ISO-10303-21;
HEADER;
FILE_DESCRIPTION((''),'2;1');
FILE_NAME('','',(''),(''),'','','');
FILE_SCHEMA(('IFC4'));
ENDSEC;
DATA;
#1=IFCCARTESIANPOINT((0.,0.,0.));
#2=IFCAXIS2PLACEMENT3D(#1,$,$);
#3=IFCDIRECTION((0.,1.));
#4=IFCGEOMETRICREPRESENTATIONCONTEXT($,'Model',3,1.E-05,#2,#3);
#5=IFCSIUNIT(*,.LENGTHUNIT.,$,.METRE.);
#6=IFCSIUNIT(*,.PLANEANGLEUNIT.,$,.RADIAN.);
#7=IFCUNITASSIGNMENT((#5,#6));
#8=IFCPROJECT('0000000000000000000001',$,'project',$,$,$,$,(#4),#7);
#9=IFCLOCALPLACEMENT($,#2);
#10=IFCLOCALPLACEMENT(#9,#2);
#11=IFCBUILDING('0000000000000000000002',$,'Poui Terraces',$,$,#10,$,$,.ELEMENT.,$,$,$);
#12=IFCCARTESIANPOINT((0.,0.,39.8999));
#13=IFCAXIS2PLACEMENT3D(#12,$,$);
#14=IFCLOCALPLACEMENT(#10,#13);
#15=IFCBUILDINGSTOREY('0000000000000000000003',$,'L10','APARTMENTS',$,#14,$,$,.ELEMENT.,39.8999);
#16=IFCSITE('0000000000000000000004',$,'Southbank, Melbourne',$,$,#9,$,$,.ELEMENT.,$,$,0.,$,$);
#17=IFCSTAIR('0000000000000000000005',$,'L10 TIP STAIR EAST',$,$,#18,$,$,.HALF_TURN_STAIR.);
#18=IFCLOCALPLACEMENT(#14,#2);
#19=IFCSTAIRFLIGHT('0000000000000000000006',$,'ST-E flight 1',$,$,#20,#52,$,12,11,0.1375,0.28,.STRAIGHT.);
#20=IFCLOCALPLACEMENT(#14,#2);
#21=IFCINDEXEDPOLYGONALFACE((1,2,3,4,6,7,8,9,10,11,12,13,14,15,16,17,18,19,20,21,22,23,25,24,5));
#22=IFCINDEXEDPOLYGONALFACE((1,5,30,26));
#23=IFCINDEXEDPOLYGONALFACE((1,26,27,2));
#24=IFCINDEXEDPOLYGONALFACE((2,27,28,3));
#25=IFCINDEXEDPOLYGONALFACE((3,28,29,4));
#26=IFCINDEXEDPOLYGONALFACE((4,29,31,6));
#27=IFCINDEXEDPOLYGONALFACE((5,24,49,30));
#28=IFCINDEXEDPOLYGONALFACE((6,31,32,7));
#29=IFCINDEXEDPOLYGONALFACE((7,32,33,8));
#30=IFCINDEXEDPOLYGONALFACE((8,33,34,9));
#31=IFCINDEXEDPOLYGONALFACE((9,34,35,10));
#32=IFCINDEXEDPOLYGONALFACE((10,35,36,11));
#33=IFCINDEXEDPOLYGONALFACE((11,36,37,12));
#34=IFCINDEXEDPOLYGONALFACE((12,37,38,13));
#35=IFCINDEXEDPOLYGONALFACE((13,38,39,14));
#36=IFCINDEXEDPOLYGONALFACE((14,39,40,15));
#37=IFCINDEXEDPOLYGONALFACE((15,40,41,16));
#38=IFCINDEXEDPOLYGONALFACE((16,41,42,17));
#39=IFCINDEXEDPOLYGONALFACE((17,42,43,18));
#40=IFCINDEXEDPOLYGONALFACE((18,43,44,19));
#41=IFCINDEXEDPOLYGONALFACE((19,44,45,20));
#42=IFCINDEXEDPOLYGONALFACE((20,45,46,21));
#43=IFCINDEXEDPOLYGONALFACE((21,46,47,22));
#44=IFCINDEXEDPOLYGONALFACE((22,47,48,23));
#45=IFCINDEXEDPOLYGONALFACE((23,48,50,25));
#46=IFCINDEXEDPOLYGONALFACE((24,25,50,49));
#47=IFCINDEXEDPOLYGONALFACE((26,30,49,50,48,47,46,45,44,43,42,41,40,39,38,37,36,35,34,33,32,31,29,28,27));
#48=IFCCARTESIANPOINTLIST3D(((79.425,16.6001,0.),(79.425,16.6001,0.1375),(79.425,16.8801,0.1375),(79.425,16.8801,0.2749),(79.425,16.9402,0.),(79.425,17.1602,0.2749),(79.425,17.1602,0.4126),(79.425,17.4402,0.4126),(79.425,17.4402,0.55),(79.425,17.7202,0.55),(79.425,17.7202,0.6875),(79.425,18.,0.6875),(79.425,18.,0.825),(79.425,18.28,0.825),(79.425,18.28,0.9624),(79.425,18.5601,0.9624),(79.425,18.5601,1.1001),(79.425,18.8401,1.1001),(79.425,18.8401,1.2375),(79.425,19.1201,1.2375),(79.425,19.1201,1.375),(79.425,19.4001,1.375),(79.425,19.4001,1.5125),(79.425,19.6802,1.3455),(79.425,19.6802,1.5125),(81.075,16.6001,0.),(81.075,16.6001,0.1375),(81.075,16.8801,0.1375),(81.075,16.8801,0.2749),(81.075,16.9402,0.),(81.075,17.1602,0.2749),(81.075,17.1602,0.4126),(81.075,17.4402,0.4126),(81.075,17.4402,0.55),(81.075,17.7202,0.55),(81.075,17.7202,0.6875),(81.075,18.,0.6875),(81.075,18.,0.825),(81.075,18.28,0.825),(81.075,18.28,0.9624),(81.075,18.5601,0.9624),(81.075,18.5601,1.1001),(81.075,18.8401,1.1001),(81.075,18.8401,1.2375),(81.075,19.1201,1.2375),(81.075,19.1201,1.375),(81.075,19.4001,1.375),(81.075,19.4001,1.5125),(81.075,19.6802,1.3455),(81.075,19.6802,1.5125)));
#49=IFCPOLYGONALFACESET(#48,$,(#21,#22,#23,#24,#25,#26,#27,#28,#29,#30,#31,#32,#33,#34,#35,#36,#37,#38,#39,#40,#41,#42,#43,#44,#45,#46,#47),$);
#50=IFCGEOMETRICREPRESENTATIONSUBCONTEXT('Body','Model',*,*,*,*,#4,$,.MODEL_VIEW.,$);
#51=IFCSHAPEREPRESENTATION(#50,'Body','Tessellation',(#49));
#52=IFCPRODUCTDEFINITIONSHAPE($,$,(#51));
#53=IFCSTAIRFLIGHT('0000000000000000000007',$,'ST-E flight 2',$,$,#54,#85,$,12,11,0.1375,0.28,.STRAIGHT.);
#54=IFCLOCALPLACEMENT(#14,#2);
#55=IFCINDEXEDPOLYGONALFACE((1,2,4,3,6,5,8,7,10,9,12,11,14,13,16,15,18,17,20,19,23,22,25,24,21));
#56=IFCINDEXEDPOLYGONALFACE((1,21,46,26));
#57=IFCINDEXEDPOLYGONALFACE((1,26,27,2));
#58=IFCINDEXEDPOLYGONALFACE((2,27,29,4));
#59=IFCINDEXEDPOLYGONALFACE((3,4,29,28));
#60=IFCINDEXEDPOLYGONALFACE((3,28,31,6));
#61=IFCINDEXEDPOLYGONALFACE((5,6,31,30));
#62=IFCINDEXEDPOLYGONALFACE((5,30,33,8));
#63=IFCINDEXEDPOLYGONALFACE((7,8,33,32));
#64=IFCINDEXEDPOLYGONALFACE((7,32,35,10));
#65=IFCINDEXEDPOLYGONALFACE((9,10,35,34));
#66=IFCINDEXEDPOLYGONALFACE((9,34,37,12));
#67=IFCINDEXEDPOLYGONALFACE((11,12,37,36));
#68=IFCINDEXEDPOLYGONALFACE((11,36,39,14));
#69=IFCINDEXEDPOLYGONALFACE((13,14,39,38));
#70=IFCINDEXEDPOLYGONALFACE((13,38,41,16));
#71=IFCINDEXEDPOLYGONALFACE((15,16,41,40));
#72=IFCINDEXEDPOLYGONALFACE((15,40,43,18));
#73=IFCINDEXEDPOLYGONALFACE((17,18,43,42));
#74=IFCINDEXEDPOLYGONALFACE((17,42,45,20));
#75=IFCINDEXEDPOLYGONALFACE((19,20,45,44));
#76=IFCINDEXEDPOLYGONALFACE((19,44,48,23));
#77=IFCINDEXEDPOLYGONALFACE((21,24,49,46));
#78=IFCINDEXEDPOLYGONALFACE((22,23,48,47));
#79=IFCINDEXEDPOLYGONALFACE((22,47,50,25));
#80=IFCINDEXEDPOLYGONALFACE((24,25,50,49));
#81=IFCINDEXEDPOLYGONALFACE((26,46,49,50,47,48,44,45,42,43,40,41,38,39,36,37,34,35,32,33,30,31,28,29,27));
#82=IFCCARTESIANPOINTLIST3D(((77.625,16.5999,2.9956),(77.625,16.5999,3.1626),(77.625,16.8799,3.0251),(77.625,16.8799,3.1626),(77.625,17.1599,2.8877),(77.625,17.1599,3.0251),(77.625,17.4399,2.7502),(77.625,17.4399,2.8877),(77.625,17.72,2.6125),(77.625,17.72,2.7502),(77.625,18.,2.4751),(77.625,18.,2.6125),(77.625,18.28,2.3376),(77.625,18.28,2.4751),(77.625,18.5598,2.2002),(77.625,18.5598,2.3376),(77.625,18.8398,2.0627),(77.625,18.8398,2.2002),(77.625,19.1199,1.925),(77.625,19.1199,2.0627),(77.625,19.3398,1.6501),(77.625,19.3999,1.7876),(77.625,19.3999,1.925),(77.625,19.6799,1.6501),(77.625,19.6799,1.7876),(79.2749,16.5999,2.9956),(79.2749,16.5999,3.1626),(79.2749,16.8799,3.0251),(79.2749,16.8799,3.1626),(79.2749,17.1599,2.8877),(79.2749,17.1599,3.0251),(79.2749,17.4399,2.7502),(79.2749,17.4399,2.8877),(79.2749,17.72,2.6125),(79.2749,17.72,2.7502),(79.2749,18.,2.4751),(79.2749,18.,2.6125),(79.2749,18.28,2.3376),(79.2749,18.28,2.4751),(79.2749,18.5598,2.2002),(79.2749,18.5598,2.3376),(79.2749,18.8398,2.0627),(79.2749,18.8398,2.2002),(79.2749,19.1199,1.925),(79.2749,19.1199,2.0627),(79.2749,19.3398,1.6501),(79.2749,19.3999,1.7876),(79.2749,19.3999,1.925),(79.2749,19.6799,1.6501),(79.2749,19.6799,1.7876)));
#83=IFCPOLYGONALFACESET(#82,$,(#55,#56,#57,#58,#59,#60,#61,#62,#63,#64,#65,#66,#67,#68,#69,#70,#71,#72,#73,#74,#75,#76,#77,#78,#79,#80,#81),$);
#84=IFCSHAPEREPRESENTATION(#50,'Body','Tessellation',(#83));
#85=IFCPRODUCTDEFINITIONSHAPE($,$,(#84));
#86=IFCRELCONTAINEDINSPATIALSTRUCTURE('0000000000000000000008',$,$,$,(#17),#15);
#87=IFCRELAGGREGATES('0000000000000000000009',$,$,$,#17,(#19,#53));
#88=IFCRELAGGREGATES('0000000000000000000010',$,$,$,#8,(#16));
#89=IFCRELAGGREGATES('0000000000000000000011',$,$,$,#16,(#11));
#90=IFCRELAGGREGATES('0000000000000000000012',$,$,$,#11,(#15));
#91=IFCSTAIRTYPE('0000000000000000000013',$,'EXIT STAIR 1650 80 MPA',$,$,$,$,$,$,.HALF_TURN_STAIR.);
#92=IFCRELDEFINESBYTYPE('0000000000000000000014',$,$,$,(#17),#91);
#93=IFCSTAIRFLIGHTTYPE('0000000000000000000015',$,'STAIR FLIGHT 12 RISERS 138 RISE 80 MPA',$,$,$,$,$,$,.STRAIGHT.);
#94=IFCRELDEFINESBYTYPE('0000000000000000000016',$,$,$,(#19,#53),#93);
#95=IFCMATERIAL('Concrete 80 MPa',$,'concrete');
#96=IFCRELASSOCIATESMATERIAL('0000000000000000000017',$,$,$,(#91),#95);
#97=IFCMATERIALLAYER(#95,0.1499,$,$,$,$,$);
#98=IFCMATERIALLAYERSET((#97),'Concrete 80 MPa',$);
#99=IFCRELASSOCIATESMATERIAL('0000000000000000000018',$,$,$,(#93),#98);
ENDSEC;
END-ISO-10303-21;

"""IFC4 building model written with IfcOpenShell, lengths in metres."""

from ifc_helpers import new_model, si_unit, direction, frame, origin, place, context, subcontext, project, spatial, polyline, outline, extrude, material, layer, layer_set, type_object, element, aggregate, save


model = new_model("IFC4")

# Units and contexts
model_context = context("Model", 3, precision=1e-05, world=origin(), true_north=direction((0.0, 1.0)))
body_context = subcontext(model_context, "Body", "Model", "MODEL_VIEW")
ifc_project = project(units=[si_unit("LENGTHUNIT", "METRE"), si_unit("PLANEANGLEUNIT", "RADIAN")], contexts=[model_context])

# Site, building, storey
site_placement = place(None, origin())
site = spatial("IfcSite", under=ifc_project, at=site_placement, Name="Southbank, Melbourne", CompositionType="ELEMENT", RefElevation=0.0)
building_placement = place(site_placement, origin())
building = spatial("IfcBuilding", under=site, at=building_placement, Name="Poui Terraces", CompositionType="ELEMENT")
storey_placement = place(building_placement, frame((0.0, 0.0, 39.8999)))
storey = spatial("IfcBuildingStorey", under=building, at=storey_placement, Name="L10", Description="APARTMENTS", CompositionType="ELEMENT", Elevation=39.8999)

# Shared definitions
ifc_material_1 = material(Name="Concrete 80 MPa", Category="concrete")

# Stair, stair flights
stair_type = type_object("IfcStairType", Name="EXIT STAIR 1650 80 MPA", PredefinedType="HALF_TURN_STAIR", material=ifc_material_1)
stair_placement = place(storey_placement, origin())
stair = element("IfcStair", 1, at=stair_placement, inside=storey, type_object=stair_type, Name="L10 TIP STAIR EAST", PredefinedType="HALF_TURN_STAIR")
ifc_layer_1 = layer(ifc_material_1, 0.1499)
ifc_layer_set_1 = layer_set([ifc_layer_1], Name="Concrete 80 MPa")
stair_flight_type = type_object("IfcStairFlightType", Name="STAIR FLIGHT 12 RISERS 138 RISE 80 MPA", PredefinedType="STRAIGHT", material=ifc_layer_set_1)
stair_flight_1_placement = place(storey_placement, frame((80.25, 16.6001, 0.0), z_axis=(0.0, 0.0, 1.0), x_axis=(0.0, 1.0, 0.0)))
stair_flight_1 = element("IfcStairFlight", 2, at=stair_flight_1_placement, type_object=stair_flight_type, Name="ST-E flight 1", NumberOfRisers=12, NumberOfTreads=11, PredefinedType="STRAIGHT", RiserHeight=0.1375, TreadLength=0.28, context=body_context, shape_type="SweptSolid", body=[
    extrude(outline(polyline([(0.0, 0.0), (0.0, 0.1375), (0.28, 0.1375), (0.28, 0.2749), (0.5601, 0.2749), (0.5601, 0.4126), (0.8401, 0.4126), (0.8401, 0.55), (1.1201, 0.55), (1.1201, 0.6875), (1.3999, 0.6875), (1.3999, 0.825), (1.6799, 0.825), (1.6799, 0.9624), (1.96, 0.9624), (1.96, 1.1001), (2.24, 1.1001), (2.24, 1.2375), (2.52, 1.2375), (2.52, 1.375), (2.8, 1.375), (2.8, 1.5125), (3.0801, 1.5125), (3.0801, 1.6499), (3.0801, 1.3455), (0.3401, 0.0), (0.0, 0.0)])), frame((0.0, 0.825, 0.0), z_axis=(0.0, -1.0, 0.0), x_axis=(1.0, 0.0, 0.0)), (0.0, 0.0, 1.0), 1.6499),
])
stair_flight_2_placement = place(storey_placement, frame((78.45, 19.6799, 1.6501), z_axis=(0.0, 0.0, 1.0), x_axis=(0.0, -1.0, 0.0)))
stair_flight_2 = element("IfcStairFlight", 3, at=stair_flight_2_placement, type_object=stair_flight_type, Name="ST-E flight 2", NumberOfRisers=12, NumberOfTreads=11, PredefinedType="STRAIGHT", RiserHeight=0.1375, TreadLength=0.28, context=body_context, shape_type="SweptSolid", body=[
    extrude(outline(polyline([(0.0, 0.0), (0.0, 0.1375), (0.28, 0.1375), (0.28, 0.2749), (0.5601, 0.2749), (0.5601, 0.4126), (0.8401, 0.4126), (0.8401, 0.55), (1.1201, 0.55), (1.1201, 0.6875), (1.3999, 0.6875), (1.3999, 0.825), (1.6799, 0.825), (1.6799, 0.9624), (1.96, 0.9624), (1.96, 1.1001), (2.24, 1.1001), (2.24, 1.2375), (2.52, 1.2375), (2.52, 1.375), (2.8, 1.375), (2.8, 1.5125), (3.0801, 1.5125), (3.0801, 1.6499), (3.0801, 1.3455), (0.3401, 0.0), (0.0, 0.0)])), frame((0.0, 0.825, 0.0), z_axis=(0.0, -1.0, 0.0), x_axis=(1.0, 0.0, 0.0)), (0.0, 0.0, 1.0), 1.6499),
])
aggregate(stair, [stair_flight_1, stair_flight_2])

save(model, "model.ifc")
